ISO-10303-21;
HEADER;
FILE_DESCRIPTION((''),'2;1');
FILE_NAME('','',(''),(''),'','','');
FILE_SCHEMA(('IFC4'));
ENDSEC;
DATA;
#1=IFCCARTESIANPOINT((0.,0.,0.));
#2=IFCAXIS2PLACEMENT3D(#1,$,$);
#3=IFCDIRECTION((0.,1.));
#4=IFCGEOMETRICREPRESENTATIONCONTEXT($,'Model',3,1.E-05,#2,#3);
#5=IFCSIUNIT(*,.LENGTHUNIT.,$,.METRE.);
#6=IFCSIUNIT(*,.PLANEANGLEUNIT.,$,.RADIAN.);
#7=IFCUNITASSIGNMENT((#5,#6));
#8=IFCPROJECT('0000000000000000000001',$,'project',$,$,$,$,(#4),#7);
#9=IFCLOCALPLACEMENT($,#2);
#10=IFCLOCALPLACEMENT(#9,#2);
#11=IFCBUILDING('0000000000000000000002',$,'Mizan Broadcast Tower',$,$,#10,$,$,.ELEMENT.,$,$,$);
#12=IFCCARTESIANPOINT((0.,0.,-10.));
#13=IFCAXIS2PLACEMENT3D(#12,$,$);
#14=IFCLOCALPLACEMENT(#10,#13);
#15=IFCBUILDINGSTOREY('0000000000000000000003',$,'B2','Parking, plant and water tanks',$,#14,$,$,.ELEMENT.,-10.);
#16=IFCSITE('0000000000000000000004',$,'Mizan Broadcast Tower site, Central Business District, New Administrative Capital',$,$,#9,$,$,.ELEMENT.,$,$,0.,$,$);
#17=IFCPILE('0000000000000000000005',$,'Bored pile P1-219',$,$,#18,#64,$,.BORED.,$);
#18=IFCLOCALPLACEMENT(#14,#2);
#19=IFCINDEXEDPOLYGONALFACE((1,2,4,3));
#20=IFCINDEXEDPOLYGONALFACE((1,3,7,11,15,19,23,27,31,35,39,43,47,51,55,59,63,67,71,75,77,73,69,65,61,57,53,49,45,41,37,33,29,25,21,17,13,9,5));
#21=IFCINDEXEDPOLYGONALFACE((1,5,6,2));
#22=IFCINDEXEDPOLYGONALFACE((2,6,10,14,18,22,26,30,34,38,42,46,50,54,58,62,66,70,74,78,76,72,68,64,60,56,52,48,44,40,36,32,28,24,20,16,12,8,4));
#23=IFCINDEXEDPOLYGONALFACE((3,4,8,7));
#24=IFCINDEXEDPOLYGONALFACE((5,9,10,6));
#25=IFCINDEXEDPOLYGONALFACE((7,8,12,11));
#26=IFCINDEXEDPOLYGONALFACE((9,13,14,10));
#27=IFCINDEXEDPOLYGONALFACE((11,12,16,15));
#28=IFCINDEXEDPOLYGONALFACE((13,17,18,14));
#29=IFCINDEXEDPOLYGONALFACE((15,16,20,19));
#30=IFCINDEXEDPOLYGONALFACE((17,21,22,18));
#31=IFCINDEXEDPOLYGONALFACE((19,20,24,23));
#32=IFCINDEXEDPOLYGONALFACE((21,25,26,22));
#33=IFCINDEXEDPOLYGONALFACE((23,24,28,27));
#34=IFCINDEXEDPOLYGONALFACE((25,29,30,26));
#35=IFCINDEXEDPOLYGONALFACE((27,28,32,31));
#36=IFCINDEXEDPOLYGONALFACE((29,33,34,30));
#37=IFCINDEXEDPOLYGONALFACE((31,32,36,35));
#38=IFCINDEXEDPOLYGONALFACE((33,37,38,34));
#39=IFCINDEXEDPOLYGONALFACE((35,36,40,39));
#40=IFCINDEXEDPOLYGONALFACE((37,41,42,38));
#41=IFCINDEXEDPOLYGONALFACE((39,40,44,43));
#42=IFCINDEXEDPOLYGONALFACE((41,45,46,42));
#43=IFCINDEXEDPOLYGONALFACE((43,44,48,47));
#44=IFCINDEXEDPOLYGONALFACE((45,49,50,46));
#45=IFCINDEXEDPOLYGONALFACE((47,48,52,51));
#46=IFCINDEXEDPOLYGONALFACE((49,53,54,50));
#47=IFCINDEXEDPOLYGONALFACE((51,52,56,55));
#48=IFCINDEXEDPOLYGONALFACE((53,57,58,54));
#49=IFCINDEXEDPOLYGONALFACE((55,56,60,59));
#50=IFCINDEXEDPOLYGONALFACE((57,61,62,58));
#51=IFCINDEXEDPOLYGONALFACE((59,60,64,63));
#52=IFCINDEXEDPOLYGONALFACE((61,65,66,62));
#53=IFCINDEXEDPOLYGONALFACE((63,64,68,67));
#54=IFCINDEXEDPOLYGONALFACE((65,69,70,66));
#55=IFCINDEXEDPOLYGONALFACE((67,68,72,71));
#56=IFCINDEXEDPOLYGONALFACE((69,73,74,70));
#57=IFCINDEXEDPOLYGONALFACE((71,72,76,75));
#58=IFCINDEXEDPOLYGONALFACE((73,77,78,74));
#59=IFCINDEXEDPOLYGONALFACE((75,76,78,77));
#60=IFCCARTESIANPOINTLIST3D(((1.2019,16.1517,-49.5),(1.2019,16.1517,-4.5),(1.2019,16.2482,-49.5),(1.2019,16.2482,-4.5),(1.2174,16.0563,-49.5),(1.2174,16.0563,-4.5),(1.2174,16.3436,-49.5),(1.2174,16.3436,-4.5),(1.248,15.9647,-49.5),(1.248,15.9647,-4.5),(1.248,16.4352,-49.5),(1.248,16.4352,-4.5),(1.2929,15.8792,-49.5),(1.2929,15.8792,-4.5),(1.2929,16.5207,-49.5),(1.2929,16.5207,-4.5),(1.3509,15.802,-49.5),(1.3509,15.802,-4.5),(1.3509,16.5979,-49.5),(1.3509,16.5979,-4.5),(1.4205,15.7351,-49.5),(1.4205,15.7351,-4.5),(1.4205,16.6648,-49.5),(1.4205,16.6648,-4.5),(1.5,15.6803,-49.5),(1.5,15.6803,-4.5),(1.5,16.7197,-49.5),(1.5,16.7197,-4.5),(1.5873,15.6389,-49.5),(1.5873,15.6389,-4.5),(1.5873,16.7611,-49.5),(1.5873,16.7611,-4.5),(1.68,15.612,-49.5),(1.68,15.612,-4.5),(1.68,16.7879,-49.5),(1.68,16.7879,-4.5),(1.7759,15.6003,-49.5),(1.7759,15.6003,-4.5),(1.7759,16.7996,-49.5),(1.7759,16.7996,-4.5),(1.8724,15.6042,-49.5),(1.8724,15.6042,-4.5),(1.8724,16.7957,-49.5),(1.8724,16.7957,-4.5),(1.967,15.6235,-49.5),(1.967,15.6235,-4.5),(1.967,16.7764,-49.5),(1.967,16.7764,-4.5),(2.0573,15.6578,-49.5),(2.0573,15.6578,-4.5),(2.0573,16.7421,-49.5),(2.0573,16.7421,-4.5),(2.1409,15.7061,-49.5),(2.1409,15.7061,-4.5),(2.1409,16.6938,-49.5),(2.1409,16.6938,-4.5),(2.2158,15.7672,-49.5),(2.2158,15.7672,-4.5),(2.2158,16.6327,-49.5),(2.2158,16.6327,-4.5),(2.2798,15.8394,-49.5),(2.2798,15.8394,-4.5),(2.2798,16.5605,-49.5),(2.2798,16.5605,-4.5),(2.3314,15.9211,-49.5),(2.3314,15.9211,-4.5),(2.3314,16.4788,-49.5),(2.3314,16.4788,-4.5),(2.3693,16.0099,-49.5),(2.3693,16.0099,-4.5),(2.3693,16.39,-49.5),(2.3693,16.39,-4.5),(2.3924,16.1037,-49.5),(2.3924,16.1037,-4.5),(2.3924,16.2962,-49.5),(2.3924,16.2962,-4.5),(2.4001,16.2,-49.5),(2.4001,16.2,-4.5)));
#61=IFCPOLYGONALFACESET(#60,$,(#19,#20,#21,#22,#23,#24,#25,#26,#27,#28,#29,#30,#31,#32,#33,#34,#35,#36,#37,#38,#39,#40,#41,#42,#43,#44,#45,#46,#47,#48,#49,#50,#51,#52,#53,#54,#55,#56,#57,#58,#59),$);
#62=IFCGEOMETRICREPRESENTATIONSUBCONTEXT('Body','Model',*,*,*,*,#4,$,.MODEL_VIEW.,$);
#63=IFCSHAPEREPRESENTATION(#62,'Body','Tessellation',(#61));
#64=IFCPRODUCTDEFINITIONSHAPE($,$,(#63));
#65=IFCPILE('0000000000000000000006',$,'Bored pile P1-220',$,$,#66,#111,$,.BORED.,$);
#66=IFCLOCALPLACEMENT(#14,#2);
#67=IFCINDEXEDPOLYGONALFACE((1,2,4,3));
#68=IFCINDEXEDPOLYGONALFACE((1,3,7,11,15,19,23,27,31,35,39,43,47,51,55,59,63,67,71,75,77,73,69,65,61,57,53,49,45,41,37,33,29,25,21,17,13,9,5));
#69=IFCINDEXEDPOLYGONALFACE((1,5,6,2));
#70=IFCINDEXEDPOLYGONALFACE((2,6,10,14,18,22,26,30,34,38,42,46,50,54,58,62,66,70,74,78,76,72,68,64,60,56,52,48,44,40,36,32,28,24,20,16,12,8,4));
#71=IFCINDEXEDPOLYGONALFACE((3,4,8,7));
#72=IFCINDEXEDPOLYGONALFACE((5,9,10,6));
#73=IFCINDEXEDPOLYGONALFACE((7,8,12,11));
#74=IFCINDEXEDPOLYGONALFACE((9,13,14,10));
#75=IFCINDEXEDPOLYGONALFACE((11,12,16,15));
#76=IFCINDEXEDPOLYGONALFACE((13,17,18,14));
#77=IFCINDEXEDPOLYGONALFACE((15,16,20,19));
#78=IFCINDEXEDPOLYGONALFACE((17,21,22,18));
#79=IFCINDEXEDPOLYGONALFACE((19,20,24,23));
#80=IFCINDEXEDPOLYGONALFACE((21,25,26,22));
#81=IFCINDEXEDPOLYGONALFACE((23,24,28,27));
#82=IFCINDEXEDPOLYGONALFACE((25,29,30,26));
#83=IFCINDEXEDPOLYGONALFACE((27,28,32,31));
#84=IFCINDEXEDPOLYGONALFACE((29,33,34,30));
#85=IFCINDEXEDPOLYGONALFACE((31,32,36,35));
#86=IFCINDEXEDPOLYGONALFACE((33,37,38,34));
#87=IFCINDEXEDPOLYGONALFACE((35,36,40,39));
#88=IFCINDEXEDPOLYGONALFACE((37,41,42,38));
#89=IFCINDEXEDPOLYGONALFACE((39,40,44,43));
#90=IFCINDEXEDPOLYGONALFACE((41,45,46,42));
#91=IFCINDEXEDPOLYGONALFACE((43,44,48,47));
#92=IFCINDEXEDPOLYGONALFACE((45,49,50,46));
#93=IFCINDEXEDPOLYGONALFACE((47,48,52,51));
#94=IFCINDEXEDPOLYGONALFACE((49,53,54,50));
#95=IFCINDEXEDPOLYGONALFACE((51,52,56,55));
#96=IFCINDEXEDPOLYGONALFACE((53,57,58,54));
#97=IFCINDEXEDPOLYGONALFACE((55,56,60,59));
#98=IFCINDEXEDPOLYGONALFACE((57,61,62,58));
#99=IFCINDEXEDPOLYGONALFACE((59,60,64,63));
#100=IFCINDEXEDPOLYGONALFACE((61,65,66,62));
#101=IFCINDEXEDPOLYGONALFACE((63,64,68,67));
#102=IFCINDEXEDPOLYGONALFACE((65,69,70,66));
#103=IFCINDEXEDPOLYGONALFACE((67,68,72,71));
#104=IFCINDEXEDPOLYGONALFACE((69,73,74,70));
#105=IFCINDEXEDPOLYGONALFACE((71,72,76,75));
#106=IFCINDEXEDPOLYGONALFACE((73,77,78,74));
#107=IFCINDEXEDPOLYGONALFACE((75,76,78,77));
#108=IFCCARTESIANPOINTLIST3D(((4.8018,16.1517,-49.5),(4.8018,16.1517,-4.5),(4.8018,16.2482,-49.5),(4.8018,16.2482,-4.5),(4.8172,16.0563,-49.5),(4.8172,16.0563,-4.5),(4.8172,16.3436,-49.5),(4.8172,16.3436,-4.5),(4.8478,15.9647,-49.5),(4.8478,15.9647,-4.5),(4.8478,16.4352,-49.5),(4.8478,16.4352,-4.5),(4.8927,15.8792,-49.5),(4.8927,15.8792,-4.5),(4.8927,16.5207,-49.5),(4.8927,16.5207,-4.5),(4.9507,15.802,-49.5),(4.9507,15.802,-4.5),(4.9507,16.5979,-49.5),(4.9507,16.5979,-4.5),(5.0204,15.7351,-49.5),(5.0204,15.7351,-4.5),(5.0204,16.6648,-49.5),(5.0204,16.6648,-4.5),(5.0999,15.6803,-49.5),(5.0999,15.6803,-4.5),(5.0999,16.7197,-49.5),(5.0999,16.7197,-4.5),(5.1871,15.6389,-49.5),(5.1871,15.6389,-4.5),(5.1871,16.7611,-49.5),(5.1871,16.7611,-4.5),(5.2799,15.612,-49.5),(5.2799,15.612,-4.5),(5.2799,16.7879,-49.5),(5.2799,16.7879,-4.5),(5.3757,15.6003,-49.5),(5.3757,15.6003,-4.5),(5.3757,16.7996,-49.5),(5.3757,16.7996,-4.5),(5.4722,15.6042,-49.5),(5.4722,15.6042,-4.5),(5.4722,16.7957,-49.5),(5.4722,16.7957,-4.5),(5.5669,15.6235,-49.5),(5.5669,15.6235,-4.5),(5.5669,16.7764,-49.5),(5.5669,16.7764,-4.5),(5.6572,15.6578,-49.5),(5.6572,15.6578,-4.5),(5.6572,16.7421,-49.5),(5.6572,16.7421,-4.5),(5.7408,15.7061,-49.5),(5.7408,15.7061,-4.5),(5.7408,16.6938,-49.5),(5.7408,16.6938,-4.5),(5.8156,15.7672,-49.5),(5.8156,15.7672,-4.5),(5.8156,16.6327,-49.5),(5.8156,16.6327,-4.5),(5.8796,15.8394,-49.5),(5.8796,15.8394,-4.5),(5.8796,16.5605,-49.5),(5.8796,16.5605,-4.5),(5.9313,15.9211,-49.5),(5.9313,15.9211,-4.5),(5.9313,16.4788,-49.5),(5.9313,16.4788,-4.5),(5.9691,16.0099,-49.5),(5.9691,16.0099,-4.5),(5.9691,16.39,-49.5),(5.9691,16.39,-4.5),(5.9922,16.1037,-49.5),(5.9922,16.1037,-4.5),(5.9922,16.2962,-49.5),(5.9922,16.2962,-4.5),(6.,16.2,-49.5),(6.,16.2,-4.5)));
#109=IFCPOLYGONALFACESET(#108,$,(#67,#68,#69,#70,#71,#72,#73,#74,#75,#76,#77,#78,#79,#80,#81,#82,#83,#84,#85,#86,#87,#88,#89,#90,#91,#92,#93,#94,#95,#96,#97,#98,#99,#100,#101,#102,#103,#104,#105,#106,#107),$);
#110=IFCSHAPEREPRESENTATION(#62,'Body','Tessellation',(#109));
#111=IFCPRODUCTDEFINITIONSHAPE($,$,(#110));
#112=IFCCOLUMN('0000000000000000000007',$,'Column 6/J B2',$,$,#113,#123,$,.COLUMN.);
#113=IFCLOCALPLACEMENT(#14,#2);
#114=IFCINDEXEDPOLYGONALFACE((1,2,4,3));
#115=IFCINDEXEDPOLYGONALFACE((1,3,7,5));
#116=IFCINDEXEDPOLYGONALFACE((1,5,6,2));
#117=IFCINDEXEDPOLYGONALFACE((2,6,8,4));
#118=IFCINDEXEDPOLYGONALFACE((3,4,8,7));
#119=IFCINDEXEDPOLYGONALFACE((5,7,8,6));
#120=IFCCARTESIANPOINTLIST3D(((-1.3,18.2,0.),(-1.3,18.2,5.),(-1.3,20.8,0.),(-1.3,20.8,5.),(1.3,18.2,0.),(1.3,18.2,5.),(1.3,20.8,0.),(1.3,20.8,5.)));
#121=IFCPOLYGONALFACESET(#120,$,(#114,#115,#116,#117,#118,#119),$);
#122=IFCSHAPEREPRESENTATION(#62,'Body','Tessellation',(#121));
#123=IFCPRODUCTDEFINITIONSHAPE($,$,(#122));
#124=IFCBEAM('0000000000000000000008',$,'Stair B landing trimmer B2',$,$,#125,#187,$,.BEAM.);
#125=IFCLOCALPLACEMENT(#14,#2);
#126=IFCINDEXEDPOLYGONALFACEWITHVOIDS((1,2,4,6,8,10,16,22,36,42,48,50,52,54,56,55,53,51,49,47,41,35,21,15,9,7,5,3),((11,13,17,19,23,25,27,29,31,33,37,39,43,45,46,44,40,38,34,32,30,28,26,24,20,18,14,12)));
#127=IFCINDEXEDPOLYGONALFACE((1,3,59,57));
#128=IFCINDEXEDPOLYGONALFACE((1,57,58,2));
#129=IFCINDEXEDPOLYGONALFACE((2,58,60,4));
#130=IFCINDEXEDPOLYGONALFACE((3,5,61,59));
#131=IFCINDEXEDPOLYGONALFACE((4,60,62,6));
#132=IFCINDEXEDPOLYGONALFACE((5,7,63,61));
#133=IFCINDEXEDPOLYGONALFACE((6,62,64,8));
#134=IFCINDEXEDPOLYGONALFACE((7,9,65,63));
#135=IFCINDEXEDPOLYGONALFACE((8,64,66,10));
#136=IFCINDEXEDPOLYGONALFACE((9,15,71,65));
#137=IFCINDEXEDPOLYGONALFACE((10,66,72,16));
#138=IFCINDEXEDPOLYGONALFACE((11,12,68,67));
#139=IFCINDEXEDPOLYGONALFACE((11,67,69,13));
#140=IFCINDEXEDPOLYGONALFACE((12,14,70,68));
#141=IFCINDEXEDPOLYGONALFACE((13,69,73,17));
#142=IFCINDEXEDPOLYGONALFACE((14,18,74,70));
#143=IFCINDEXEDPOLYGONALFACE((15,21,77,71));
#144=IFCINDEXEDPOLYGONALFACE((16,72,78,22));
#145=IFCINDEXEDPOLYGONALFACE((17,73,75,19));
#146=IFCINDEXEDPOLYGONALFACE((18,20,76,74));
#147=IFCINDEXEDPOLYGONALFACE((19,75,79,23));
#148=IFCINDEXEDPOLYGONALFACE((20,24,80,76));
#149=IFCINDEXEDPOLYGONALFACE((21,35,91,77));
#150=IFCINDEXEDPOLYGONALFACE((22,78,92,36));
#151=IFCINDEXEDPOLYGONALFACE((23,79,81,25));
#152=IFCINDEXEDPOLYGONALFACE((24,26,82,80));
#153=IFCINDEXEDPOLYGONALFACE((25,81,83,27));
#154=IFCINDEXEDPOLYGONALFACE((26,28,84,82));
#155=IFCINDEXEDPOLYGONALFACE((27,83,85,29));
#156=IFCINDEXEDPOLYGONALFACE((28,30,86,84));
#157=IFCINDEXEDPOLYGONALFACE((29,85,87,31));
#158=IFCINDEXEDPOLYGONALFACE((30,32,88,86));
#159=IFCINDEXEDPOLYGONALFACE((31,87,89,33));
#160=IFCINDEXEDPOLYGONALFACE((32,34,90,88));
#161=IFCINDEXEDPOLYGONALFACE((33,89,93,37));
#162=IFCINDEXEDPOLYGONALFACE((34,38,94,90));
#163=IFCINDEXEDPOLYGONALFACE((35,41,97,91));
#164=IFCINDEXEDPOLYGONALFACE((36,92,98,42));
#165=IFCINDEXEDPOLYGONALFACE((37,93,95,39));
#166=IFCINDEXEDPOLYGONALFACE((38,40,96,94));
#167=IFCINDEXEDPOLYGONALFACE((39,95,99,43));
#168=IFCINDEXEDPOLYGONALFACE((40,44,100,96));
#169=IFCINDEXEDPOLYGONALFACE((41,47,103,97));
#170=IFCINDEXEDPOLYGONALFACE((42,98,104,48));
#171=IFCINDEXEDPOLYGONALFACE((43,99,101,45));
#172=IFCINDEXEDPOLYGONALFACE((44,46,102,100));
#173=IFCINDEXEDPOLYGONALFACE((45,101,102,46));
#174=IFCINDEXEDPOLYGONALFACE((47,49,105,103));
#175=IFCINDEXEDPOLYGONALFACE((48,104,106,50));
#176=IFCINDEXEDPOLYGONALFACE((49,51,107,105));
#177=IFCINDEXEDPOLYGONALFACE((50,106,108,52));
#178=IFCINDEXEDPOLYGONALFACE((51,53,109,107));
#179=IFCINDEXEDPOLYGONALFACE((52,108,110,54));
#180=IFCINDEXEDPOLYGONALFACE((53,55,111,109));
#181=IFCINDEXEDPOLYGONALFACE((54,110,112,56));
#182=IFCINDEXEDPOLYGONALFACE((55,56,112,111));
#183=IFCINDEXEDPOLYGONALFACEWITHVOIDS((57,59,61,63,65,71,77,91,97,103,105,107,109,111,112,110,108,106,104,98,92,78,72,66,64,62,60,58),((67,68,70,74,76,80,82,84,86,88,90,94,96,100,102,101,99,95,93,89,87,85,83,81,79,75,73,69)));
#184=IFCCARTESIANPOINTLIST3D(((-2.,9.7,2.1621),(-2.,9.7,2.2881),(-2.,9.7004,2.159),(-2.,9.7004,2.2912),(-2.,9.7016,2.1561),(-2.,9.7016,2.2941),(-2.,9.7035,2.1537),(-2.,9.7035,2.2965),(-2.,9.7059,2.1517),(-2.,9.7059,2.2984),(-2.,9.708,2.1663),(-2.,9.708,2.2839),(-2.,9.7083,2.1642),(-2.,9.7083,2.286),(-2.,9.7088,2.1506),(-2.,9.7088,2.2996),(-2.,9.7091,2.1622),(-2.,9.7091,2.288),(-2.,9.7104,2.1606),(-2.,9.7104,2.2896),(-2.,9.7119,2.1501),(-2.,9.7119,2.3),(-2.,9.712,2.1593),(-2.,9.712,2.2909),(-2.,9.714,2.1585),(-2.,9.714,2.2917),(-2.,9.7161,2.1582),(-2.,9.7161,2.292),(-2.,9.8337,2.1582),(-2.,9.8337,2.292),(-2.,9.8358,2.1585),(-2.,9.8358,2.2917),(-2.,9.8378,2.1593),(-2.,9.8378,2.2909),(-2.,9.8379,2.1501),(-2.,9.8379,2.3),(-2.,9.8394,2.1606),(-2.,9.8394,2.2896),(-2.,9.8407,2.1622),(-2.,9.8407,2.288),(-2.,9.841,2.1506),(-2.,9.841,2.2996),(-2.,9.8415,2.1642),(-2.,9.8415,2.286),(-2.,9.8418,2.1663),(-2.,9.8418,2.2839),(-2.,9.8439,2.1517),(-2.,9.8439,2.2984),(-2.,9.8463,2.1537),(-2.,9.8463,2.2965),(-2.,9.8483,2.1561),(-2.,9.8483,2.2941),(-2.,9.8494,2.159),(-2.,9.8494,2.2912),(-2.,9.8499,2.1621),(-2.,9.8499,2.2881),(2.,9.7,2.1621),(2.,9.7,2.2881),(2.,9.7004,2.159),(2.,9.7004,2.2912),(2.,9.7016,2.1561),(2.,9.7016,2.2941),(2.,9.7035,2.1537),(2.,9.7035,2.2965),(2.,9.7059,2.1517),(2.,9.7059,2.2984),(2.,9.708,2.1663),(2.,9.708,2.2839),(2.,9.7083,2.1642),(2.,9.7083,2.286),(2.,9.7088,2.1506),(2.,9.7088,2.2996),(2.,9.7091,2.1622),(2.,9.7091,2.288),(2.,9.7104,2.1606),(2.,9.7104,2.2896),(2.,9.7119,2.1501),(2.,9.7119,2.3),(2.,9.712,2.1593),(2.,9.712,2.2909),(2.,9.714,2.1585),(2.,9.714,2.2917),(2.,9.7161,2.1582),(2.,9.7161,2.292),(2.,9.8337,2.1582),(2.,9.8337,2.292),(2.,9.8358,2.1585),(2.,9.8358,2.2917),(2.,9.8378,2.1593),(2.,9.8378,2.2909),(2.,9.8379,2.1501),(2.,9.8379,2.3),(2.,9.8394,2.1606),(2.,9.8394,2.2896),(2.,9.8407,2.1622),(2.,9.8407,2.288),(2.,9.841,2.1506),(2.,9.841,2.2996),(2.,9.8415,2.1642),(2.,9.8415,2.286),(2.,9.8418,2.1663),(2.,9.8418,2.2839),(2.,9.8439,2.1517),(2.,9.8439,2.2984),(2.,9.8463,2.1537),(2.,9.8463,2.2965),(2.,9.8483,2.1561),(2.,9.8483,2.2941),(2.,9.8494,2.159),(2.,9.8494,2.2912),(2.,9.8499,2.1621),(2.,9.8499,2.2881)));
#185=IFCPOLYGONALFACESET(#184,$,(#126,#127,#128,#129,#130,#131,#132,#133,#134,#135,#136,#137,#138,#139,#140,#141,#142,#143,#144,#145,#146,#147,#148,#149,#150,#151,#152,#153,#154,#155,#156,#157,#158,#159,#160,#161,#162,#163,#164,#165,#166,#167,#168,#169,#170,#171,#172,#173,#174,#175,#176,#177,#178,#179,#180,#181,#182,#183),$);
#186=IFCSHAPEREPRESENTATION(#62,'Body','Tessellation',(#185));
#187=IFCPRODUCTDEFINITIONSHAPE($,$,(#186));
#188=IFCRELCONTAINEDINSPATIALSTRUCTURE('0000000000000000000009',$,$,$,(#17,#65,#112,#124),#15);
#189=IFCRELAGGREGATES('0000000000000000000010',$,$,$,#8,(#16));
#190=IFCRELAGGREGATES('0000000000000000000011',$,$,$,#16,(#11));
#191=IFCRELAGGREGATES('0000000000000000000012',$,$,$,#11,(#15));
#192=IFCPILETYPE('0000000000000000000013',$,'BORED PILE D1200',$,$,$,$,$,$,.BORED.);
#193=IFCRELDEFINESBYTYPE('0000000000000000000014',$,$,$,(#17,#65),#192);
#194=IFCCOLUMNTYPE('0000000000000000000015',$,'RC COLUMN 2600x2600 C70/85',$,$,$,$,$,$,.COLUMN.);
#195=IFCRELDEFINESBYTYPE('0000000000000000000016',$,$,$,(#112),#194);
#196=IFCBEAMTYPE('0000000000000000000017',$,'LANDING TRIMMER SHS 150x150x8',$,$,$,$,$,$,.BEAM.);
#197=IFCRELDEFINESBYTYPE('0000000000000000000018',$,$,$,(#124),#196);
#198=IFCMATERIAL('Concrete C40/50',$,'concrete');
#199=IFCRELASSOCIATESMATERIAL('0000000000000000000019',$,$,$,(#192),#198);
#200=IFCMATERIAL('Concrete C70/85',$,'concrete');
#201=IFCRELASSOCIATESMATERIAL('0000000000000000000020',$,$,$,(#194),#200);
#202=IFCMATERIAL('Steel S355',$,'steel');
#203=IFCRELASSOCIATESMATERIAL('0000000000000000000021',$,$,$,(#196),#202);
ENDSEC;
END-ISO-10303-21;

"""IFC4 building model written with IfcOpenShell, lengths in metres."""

from ifc_helpers import new_model, si_unit, direction, frame, origin, origin_2d, place, context, subcontext, project, spatial, rectangle, hollow_rectangle, circle, extrude, material, material_profile, profile_set, type_object, element, save


model = new_model("IFC4")

# Units and contexts
model_context = context("Model", 3, precision=1e-05, world=origin(), true_north=direction((0.0, 1.0)))
body_context = subcontext(model_context, "Body", "Model", "MODEL_VIEW")
ifc_project = project(units=[si_unit("LENGTHUNIT", "METRE"), si_unit("PLANEANGLEUNIT", "RADIAN")], contexts=[model_context])

# Site, building, storey
site_placement = place(None, origin())
site = spatial("IfcSite", under=ifc_project, at=site_placement, Name="Mizan Broadcast Tower site, Central Business District, New Administrative Capital", CompositionType="ELEMENT", RefElevation=0.0)
building_placement = place(site_placement, origin())
building = spatial("IfcBuilding", under=site, at=building_placement, Name="Mizan Broadcast Tower", CompositionType="ELEMENT")
storey_placement = place(building_placement, frame((0.0, 0.0, -10.0)))
storey = spatial("IfcBuildingStorey", under=building, at=storey_placement, Name="B2", Description="Parking, plant and water tanks", CompositionType="ELEMENT", Elevation=-10.0)

# Piles
ifc_material_1 = material(Name="Concrete C40/50", Category="concrete")
ifc_material_profile_1 = material_profile(ifc_material_1, circle(Radius=0.6001, at=origin_2d()), Name="D1200")
ifc_profile_set_1 = profile_set([ifc_material_profile_1], Name="Concrete C40/50")
pile_type = type_object("IfcPileType", Name="BORED PILE D1200", PredefinedType="BORED", material=ifc_profile_set_1)
for number, where, z_axis, x_axis, name in (
    (1, (1.8, 16.2, -4.5), (0.0, 0.0, -1.0), (1.0, 0.0, 0.0), "Bored pile P1-219"),
    (2, (5.3999, 16.2, -4.5), (0.0, 0.0, -1.0), (1.0, 0.0, 0.0), "Bored pile P1-220"),
):
    element("IfcPile", number, at=place(storey_placement, frame(where, z_axis=z_axis, x_axis=x_axis)), inside=storey, type_object=pile_type, Name=name, PredefinedType="BORED", context=body_context, shape_type="SweptSolid", body=[
        extrude(circle(Radius=0.6001, at=origin_2d()), origin(), (0.0, 0.0, 1.0), 45.0),
    ])

# Column
ifc_material_2 = material(Name="Concrete C70/85", Category="concrete")
ifc_material_profile_2 = material_profile(ifc_material_2, rectangle(XDim=2.6001, YDim=2.6001, at=origin_2d()), Name="RC 2600x2600")
ifc_profile_set_2 = profile_set([ifc_material_profile_2], Name="Concrete C70/85")
column_type = type_object("IfcColumnType", Name="RC COLUMN 2600x2600 C70/85", PredefinedType="COLUMN", material=ifc_profile_set_2)
column_placement = place(storey_placement, frame((0.0, 19.5, 0.0), z_axis=(0.0, 0.0, 1.0), x_axis=(1.0, 0.0, 0.0)))
element("IfcColumn", 3, at=column_placement, inside=storey, type_object=column_type, Name="Column 6/J B2", PredefinedType="COLUMN", context=body_context, shape_type="SweptSolid", body=[
    extrude(rectangle(XDim=2.6001, YDim=2.6001, at=origin_2d()), origin(), (0.0, 0.0, 1.0), 5.0),
])

# Beam
ifc_material_3 = material(Name="Steel S355", Category="steel")
ifc_material_profile_3 = material_profile(ifc_material_3, hollow_rectangle(XDim=0.1499, YDim=0.1499, WallThickness=0.0081, InnerFilletRadius=0.0081, OuterFilletRadius=0.012, at=origin_2d()), Name="SHS 150x150x8")
ifc_profile_set_3 = profile_set([ifc_material_profile_3], Name="Steel S355")
beam_type = type_object("IfcBeamType", Name="LANDING TRIMMER SHS 150x150x8", PredefinedType="BEAM", material=ifc_profile_set_3)
for number, where, z_axis, x_axis, name in (
    (4, (2.0, 9.7749, 2.2251), (-1.0, 0.0, 0.0), (0.0, -1.0, 0.0), "Stair B landing trimmer B2"),
):
    element("IfcBeam", number, at=place(storey_placement, frame(where, z_axis=z_axis, x_axis=x_axis)), inside=storey, type_object=beam_type, Name=name, PredefinedType="BEAM", context=body_context, shape_type="SweptSolid", body=[
        extrude(hollow_rectangle(XDim=0.1499, YDim=0.1499, WallThickness=0.0081, InnerFilletRadius=0.0081, OuterFilletRadius=0.012, at=origin_2d()), origin(), (0.0, 0.0, 1.0), 4.0),
    ])

save(model, "model.ifc")
